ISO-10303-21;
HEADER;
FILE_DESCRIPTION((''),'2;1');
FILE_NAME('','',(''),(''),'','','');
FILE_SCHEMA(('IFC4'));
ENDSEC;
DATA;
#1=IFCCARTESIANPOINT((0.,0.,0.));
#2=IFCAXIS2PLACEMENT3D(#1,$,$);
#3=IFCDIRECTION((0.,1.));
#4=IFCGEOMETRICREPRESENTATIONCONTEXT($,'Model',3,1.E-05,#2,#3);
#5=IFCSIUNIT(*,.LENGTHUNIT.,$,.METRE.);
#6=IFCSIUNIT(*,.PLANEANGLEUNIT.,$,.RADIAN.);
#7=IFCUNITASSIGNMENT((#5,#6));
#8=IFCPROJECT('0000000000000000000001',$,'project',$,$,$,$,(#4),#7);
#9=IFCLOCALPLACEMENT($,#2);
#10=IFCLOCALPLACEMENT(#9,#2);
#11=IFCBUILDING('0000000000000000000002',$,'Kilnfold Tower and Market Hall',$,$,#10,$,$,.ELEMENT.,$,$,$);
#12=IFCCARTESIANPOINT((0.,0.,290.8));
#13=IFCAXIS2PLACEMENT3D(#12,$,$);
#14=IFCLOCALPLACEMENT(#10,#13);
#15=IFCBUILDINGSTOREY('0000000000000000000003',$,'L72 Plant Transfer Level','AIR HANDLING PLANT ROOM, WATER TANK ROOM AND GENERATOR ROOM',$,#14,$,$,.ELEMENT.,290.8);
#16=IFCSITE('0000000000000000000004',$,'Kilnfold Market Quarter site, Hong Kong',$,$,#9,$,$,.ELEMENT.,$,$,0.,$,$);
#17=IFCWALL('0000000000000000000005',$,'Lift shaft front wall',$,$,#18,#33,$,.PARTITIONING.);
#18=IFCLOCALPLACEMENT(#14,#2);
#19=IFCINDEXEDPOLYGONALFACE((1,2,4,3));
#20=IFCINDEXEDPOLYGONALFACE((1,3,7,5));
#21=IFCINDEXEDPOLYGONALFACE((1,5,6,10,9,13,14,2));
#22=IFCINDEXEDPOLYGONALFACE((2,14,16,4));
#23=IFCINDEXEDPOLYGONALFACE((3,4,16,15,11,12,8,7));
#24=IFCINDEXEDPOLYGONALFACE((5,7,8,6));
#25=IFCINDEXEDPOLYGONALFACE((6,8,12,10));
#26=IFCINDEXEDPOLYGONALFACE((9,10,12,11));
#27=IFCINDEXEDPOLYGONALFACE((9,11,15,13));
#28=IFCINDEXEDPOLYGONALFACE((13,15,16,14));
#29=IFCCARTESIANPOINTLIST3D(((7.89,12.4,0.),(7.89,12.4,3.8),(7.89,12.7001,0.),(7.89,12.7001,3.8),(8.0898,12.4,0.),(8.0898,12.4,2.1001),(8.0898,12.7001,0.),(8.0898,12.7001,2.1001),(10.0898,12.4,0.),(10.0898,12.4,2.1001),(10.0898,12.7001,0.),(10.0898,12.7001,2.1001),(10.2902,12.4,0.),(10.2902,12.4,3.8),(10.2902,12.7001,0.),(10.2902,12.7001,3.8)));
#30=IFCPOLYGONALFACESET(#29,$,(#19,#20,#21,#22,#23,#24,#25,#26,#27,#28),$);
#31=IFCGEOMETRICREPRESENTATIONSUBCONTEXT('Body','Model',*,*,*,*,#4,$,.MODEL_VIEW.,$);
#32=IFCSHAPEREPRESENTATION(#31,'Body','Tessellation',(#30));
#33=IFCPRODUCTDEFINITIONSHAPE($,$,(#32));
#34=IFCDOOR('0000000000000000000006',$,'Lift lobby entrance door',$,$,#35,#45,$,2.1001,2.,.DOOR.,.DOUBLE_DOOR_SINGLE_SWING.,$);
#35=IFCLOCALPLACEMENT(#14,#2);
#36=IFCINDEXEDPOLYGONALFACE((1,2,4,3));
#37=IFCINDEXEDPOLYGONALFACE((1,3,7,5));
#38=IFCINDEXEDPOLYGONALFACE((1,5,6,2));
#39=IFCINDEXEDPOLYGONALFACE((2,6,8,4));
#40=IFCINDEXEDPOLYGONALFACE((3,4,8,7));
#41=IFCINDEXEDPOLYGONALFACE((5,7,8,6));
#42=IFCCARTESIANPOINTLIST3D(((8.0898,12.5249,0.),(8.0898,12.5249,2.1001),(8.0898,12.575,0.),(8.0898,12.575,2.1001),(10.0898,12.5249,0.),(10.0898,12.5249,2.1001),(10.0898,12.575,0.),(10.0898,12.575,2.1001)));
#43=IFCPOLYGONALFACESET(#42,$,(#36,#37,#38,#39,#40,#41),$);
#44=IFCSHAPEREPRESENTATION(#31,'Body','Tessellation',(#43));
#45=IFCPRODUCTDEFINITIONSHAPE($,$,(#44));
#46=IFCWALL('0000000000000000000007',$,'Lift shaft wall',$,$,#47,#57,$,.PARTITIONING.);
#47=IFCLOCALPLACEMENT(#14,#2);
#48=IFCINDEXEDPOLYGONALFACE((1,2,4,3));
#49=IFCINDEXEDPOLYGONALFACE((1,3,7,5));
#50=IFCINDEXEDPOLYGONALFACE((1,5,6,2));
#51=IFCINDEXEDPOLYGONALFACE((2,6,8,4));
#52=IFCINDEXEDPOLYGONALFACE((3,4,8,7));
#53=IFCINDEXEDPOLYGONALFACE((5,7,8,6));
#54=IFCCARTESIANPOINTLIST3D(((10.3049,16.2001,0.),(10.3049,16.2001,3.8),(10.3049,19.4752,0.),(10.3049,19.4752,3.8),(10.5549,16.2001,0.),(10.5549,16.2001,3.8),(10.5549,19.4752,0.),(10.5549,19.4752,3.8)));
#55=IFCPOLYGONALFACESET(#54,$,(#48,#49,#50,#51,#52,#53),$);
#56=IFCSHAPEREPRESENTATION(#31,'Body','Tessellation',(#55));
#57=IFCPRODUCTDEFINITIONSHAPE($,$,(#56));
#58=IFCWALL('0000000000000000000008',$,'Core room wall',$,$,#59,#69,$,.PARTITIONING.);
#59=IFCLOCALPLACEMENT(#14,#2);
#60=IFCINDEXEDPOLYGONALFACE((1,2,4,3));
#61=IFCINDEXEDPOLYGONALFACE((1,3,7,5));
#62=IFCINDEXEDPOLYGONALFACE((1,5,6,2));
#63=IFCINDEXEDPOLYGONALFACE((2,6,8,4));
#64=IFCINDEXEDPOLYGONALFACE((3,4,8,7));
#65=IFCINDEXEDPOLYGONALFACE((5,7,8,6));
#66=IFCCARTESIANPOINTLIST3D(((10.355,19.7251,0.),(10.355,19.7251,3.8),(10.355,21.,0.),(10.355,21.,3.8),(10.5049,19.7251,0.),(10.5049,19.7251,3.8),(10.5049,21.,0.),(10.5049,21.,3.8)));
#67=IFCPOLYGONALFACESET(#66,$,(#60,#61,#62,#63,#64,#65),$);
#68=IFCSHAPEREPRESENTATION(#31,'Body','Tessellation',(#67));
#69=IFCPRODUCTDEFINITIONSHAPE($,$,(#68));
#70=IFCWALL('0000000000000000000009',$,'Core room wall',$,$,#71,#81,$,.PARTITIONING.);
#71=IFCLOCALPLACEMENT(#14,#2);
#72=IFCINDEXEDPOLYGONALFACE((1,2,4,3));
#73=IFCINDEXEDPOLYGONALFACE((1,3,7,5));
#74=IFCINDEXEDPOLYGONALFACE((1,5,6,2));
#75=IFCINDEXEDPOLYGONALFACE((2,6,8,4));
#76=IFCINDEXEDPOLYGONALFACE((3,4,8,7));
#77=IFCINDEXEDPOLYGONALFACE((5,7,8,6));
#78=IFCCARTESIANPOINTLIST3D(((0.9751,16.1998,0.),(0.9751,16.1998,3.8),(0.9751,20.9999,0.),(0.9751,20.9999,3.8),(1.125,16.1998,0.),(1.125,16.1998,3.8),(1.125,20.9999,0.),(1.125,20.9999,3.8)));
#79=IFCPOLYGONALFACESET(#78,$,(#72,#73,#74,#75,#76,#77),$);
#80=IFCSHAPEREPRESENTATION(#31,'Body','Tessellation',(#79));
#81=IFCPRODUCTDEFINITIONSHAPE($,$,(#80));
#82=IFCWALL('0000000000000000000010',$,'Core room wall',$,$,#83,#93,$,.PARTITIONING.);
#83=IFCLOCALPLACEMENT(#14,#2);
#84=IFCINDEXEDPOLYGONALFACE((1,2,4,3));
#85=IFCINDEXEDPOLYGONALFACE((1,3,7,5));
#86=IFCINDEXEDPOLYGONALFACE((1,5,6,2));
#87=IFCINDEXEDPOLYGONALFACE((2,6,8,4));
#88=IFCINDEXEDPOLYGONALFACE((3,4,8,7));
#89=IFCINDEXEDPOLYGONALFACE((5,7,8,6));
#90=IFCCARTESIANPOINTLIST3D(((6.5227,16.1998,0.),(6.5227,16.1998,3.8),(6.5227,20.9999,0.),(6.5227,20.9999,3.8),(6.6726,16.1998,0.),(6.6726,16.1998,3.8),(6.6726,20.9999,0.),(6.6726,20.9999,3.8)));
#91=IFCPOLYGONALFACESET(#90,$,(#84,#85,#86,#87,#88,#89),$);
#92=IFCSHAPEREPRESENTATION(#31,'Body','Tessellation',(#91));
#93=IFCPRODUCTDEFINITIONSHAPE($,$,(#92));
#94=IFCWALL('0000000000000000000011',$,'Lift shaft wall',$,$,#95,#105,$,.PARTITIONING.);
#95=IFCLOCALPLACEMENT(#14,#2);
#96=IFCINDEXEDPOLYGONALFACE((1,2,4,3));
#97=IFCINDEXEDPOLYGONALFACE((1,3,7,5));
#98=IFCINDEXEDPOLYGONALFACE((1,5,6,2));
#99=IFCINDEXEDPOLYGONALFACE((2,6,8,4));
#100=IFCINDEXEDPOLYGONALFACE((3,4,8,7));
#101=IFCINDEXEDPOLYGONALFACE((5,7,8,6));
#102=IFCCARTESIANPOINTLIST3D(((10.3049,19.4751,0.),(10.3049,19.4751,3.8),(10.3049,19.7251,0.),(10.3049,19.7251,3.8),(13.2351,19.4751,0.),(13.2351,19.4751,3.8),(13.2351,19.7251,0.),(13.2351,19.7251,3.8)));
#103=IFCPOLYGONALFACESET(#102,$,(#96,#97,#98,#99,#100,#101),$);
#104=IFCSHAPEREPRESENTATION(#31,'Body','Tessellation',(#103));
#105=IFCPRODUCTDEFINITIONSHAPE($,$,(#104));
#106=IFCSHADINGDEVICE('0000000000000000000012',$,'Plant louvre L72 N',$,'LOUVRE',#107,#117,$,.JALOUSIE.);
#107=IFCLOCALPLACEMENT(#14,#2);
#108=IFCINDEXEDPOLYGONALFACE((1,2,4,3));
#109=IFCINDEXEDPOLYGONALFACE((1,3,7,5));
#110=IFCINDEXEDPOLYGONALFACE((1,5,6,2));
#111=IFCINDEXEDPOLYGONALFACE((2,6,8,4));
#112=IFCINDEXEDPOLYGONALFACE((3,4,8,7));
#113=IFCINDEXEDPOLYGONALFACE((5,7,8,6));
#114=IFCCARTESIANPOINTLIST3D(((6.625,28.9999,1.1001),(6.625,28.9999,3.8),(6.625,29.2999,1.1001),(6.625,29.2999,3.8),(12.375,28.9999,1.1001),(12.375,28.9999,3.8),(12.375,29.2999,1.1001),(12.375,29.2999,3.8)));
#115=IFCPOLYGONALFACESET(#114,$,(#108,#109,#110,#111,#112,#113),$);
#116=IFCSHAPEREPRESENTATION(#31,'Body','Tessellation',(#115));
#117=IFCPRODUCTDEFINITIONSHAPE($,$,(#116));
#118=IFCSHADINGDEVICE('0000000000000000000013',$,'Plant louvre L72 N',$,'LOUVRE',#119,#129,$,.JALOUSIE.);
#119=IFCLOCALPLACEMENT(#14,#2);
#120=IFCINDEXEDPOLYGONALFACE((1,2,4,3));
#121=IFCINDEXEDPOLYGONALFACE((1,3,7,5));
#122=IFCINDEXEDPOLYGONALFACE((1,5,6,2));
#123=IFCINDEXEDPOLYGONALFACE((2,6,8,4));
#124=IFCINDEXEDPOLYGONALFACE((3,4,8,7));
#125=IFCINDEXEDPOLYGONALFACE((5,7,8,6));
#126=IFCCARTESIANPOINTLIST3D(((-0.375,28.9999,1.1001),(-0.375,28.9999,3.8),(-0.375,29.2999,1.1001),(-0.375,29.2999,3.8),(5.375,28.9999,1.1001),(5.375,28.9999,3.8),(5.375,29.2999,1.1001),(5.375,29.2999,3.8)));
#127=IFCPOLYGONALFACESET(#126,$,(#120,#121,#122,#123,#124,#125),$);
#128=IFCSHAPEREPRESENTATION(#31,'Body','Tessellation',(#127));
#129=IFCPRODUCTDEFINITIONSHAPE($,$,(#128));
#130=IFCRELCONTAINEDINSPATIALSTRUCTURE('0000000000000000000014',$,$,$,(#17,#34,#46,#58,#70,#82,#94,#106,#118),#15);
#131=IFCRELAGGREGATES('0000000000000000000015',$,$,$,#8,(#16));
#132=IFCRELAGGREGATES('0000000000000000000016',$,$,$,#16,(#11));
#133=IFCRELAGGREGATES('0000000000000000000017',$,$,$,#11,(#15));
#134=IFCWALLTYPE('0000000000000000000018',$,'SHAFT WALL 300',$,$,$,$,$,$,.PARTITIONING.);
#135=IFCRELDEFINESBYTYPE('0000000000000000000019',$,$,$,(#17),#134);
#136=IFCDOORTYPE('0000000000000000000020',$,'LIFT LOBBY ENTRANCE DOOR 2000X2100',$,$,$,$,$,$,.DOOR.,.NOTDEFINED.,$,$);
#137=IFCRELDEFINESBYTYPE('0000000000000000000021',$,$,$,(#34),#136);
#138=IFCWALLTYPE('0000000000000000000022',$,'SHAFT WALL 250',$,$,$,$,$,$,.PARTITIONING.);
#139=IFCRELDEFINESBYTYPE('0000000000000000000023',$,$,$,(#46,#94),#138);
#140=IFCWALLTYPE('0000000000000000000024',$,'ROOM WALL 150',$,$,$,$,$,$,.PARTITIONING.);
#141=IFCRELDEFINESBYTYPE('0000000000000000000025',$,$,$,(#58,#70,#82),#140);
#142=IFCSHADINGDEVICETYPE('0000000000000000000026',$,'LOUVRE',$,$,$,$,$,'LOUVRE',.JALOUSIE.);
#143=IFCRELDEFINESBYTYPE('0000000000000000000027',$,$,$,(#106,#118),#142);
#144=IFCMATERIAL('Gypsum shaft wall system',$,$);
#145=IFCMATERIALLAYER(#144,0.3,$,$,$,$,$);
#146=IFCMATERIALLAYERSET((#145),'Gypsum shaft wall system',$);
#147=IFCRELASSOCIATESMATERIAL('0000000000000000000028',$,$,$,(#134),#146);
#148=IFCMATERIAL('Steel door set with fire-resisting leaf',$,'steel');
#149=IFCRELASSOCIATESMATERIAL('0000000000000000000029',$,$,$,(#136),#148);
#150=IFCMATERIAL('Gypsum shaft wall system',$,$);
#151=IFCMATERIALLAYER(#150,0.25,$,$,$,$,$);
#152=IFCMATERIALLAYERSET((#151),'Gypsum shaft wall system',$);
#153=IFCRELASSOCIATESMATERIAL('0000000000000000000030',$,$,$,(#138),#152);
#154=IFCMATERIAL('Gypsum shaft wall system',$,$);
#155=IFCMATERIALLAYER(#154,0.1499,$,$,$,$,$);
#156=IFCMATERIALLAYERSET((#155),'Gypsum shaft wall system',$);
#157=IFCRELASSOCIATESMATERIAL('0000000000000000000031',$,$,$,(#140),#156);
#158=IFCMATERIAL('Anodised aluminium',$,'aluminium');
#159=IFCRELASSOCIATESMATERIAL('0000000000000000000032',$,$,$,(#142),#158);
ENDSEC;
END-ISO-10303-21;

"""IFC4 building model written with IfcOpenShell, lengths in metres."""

from ifc_helpers import new_model, si_unit, direction, frame, frame_2d, origin, origin_2d, place, context, subcontext, project, spatial, rectangle, extrude, source, transform, mapped, material, layer, layer_set, type_object, element, fill, save


model = new_model("IFC4")

# Units and contexts
model_context = context("Model", 3, precision=1e-05, world=origin(), true_north=direction((0.0, 1.0)))
body_context = subcontext(model_context, "Body", "Model", "MODEL_VIEW")
ifc_project = project(units=[si_unit("LENGTHUNIT", "METRE"), si_unit("PLANEANGLEUNIT", "RADIAN")], contexts=[model_context])

# Site, building, storey
site_placement = place(None, origin())
site = spatial("IfcSite", under=ifc_project, at=site_placement, Name="Kilnfold Market Quarter site, Hong Kong", CompositionType="ELEMENT", RefElevation=0.0)
building_placement = place(site_placement, origin())
building = spatial("IfcBuilding", under=site, at=building_placement, Name="Kilnfold Tower and Market Hall", CompositionType="ELEMENT")
storey_placement = place(building_placement, frame((0.0, 0.0, 290.8)))
storey = spatial("IfcBuildingStorey", under=building, at=storey_placement, Name="L72 Plant Transfer Level", Description="AIR HANDLING PLANT ROOM, WATER TANK ROOM AND GENERATOR ROOM", CompositionType="ELEMENT", Elevation=290.8)

# Wall, opening, door
ifc_material_1 = material(Name="Gypsum shaft wall system")
ifc_layer_1 = layer(ifc_material_1, 0.3)
ifc_layer_set_1 = layer_set([ifc_layer_1], Name="Gypsum shaft wall system")
wall_type_1 = type_object("IfcWallType", Name="SHAFT WALL 300", PredefinedType="PARTITIONING", material=ifc_layer_set_1)
shared_shape_1 = source(origin(), body_context, "Body", "SweptSolid", [
    extrude(rectangle(XDim=2.4001, YDim=0.3, at=frame_2d((1.2002, 0.0))), origin(), (0.0, 0.0, 1.0), 3.8),
])
wall_1_placement = place(storey_placement, frame((7.8899, 12.55, 0.0), z_axis=(0.0, 0.0, 1.0), x_axis=(1.0, 0.0, 0.0)))
wall_1 = element("IfcWall", 1, at=wall_1_placement, inside=storey, type_object=wall_type_1, Name="Lift shaft front wall", PredefinedType="PARTITIONING", context=body_context, shape_type="MappedRepresentation", body=[
    mapped(shared_shape_1, transform((0.0, 0.0, 0.0))),
])
opening_1_placement = place(wall_1_placement, frame((0.2, 0.0, 0.0)))
opening_1 = element("IfcOpeningElement", 2, at=opening_1_placement, cuts=wall_1, PredefinedType="OPENING", context=body_context, shape_type="SweptSolid", body=[
    extrude(rectangle(XDim=2.0, YDim=2.1001, at=frame_2d((1.0, 1.05))), frame((0.0, 0.1602, 0.0), z_axis=(0.0, -1.0, 0.0), x_axis=(1.0, 0.0, 0.0)), (0.0, 0.0, 1.0), 0.3201),
])
ifc_material_2 = material(Name="Steel door set with fire-resisting leaf", Category="steel")
door_type_1 = type_object("IfcDoorType", Name="LIFT LOBBY ENTRANCE DOOR 2000X2100", OperationType="NOTDEFINED", PredefinedType="DOOR", material=ifc_material_2)
door_1_placement = place(opening_1_placement, origin())
door_1 = element("IfcDoor", 3, at=door_1_placement, inside=storey, type_object=door_type_1, Name="Lift lobby entrance door", OperationType="DOUBLE_DOOR_SINGLE_SWING", OverallHeight=2.1001, OverallWidth=2.0, PredefinedType="DOOR", context=body_context, shape_type="SweptSolid", body=[
    extrude(rectangle(XDim=2.0, YDim=2.1001, at=frame_2d((1.0, 1.05))), frame((0.0, 0.0249, 0.0), z_axis=(0.0, -1.0, 0.0), x_axis=(1.0, 0.0, 0.0)), (0.0, 0.0, 1.0), 0.05),
])
fill(opening_1, door_1)

# Walls
ifc_material_3 = material(Name="Gypsum shaft wall system")
ifc_layer_2 = layer(ifc_material_3, 0.25)
ifc_layer_set_2 = layer_set([ifc_layer_2], Name="Gypsum shaft wall system")
wall_type_2 = type_object("IfcWallType", Name="SHAFT WALL 250", PredefinedType="PARTITIONING", material=ifc_layer_set_2)
shared_shape_2 = source(origin(), body_context, "Body", "SweptSolid", [
    extrude(rectangle(XDim=3.2751, YDim=0.25, at=frame_2d((1.6377, 0.0))), origin(), (0.0, 0.0, 1.0), 3.8),
])
wall_2_placement = place(storey_placement, frame((10.4299, 16.2, 0.0), z_axis=(0.0, 0.0, 1.0), x_axis=(0.0, 1.0, 0.0)))
element("IfcWall", 4, at=wall_2_placement, inside=storey, type_object=wall_type_2, Name="Lift shaft wall", PredefinedType="PARTITIONING", context=body_context, shape_type="MappedRepresentation", body=[
    mapped(shared_shape_2, transform((0.0, 0.0, 0.0))),
])
ifc_material_4 = material(Name="Gypsum shaft wall system")
ifc_layer_3 = layer(ifc_material_4, 0.1499)
ifc_layer_set_3 = layer_set([ifc_layer_3], Name="Gypsum shaft wall system")
wall_type_3 = type_object("IfcWallType", Name="ROOM WALL 150", PredefinedType="PARTITIONING", material=ifc_layer_set_3)
shared_shape_3 = source(origin(), body_context, "Body", "SweptSolid", [
    extrude(rectangle(XDim=1.2749, YDim=0.1499, at=frame_2d((0.6375, 0.0))), origin(), (0.0, 0.0, 1.0), 3.8),
])
wall_3_placement = place(storey_placement, frame((10.4299, 19.7251, 0.0), z_axis=(0.0, 0.0, 1.0), x_axis=(0.0, 1.0, 0.0)))
element("IfcWall", 5, at=wall_3_placement, inside=storey, type_object=wall_type_3, Name="Core room wall", PredefinedType="PARTITIONING", context=body_context, shape_type="MappedRepresentation", body=[
    mapped(shared_shape_3, transform((0.0, 0.0, 0.0))),
])
shared_shape_4 = source(origin(), body_context, "Body", "SweptSolid", [
    extrude(rectangle(XDim=4.8, YDim=0.1499, at=frame_2d((2.3999, 0.0))), origin(), (0.0, 0.0, 1.0), 3.8),
])
for number, where, z_axis, x_axis, name in (
    (6, (1.05, 16.2, 0.0), (0.0, 0.0, 1.0), (0.0, 1.0, 0.0), "Core room wall"),
    (7, (6.5977, 16.2, 0.0), (0.0, 0.0, 1.0), (0.0, 1.0, 0.0), "Core room wall"),
):
    element("IfcWall", number, at=place(storey_placement, frame(where, z_axis=z_axis, x_axis=x_axis)), inside=storey, type_object=wall_type_3, Name=name, PredefinedType="PARTITIONING", context=body_context, shape_type="MappedRepresentation", body=[
        mapped(shared_shape_4, transform((0.0, 0.0, 0.0))),
    ])
shared_shape_5 = source(origin(), body_context, "Body", "SweptSolid", [
    extrude(rectangle(XDim=2.9302, YDim=0.25, at=frame_2d((1.4651, 0.0))), origin(), (0.0, 0.0, 1.0), 3.8),
])
wall_4_placement = place(storey_placement, frame((10.3049, 19.6001, 0.0), z_axis=(0.0, 0.0, 1.0), x_axis=(1.0, 0.0, 0.0)))
element("IfcWall", 8, at=wall_4_placement, inside=storey, type_object=wall_type_2, Name="Lift shaft wall", PredefinedType="PARTITIONING", context=body_context, shape_type="MappedRepresentation", body=[
    mapped(shared_shape_5, transform((0.0, 0.0, 0.0))),
])

# Shading devices
ifc_material_5 = material(Name="Anodised aluminium", Category="aluminium")
shading_device_type = type_object("IfcShadingDeviceType", Name="LOUVRE", ElementType="LOUVRE", PredefinedType="JALOUSIE", material=ifc_material_5)
shared_shape_6 = source(origin(), body_context, "Body", "SweptSolid", [
    extrude(rectangle(XDim=5.75, YDim=0.3, at=origin_2d()), origin(), (0.0, 0.0, 1.0), 2.7),
])
for number, where, z_axis, x_axis, name in (
    (9, (9.5, 29.1499, 1.1001), (0.0, 0.0, 1.0), (-1.0, 0.0, 0.0), "Plant louvre L72 N"),
    (10, (2.5, 29.1499, 1.1001), (0.0, 0.0, 1.0), (-1.0, 0.0, 0.0), "Plant louvre L72 N"),
):
    element("IfcShadingDevice", number, at=place(storey_placement, frame(where, z_axis=z_axis, x_axis=x_axis)), inside=storey, type_object=shading_device_type, Name=name, ObjectType="LOUVRE", PredefinedType="JALOUSIE", context=body_context, shape_type="MappedRepresentation", body=[
        mapped(shared_shape_6, transform((0.0, 0.0, 0.0))),
    ])

save(model, "model.ifc")
